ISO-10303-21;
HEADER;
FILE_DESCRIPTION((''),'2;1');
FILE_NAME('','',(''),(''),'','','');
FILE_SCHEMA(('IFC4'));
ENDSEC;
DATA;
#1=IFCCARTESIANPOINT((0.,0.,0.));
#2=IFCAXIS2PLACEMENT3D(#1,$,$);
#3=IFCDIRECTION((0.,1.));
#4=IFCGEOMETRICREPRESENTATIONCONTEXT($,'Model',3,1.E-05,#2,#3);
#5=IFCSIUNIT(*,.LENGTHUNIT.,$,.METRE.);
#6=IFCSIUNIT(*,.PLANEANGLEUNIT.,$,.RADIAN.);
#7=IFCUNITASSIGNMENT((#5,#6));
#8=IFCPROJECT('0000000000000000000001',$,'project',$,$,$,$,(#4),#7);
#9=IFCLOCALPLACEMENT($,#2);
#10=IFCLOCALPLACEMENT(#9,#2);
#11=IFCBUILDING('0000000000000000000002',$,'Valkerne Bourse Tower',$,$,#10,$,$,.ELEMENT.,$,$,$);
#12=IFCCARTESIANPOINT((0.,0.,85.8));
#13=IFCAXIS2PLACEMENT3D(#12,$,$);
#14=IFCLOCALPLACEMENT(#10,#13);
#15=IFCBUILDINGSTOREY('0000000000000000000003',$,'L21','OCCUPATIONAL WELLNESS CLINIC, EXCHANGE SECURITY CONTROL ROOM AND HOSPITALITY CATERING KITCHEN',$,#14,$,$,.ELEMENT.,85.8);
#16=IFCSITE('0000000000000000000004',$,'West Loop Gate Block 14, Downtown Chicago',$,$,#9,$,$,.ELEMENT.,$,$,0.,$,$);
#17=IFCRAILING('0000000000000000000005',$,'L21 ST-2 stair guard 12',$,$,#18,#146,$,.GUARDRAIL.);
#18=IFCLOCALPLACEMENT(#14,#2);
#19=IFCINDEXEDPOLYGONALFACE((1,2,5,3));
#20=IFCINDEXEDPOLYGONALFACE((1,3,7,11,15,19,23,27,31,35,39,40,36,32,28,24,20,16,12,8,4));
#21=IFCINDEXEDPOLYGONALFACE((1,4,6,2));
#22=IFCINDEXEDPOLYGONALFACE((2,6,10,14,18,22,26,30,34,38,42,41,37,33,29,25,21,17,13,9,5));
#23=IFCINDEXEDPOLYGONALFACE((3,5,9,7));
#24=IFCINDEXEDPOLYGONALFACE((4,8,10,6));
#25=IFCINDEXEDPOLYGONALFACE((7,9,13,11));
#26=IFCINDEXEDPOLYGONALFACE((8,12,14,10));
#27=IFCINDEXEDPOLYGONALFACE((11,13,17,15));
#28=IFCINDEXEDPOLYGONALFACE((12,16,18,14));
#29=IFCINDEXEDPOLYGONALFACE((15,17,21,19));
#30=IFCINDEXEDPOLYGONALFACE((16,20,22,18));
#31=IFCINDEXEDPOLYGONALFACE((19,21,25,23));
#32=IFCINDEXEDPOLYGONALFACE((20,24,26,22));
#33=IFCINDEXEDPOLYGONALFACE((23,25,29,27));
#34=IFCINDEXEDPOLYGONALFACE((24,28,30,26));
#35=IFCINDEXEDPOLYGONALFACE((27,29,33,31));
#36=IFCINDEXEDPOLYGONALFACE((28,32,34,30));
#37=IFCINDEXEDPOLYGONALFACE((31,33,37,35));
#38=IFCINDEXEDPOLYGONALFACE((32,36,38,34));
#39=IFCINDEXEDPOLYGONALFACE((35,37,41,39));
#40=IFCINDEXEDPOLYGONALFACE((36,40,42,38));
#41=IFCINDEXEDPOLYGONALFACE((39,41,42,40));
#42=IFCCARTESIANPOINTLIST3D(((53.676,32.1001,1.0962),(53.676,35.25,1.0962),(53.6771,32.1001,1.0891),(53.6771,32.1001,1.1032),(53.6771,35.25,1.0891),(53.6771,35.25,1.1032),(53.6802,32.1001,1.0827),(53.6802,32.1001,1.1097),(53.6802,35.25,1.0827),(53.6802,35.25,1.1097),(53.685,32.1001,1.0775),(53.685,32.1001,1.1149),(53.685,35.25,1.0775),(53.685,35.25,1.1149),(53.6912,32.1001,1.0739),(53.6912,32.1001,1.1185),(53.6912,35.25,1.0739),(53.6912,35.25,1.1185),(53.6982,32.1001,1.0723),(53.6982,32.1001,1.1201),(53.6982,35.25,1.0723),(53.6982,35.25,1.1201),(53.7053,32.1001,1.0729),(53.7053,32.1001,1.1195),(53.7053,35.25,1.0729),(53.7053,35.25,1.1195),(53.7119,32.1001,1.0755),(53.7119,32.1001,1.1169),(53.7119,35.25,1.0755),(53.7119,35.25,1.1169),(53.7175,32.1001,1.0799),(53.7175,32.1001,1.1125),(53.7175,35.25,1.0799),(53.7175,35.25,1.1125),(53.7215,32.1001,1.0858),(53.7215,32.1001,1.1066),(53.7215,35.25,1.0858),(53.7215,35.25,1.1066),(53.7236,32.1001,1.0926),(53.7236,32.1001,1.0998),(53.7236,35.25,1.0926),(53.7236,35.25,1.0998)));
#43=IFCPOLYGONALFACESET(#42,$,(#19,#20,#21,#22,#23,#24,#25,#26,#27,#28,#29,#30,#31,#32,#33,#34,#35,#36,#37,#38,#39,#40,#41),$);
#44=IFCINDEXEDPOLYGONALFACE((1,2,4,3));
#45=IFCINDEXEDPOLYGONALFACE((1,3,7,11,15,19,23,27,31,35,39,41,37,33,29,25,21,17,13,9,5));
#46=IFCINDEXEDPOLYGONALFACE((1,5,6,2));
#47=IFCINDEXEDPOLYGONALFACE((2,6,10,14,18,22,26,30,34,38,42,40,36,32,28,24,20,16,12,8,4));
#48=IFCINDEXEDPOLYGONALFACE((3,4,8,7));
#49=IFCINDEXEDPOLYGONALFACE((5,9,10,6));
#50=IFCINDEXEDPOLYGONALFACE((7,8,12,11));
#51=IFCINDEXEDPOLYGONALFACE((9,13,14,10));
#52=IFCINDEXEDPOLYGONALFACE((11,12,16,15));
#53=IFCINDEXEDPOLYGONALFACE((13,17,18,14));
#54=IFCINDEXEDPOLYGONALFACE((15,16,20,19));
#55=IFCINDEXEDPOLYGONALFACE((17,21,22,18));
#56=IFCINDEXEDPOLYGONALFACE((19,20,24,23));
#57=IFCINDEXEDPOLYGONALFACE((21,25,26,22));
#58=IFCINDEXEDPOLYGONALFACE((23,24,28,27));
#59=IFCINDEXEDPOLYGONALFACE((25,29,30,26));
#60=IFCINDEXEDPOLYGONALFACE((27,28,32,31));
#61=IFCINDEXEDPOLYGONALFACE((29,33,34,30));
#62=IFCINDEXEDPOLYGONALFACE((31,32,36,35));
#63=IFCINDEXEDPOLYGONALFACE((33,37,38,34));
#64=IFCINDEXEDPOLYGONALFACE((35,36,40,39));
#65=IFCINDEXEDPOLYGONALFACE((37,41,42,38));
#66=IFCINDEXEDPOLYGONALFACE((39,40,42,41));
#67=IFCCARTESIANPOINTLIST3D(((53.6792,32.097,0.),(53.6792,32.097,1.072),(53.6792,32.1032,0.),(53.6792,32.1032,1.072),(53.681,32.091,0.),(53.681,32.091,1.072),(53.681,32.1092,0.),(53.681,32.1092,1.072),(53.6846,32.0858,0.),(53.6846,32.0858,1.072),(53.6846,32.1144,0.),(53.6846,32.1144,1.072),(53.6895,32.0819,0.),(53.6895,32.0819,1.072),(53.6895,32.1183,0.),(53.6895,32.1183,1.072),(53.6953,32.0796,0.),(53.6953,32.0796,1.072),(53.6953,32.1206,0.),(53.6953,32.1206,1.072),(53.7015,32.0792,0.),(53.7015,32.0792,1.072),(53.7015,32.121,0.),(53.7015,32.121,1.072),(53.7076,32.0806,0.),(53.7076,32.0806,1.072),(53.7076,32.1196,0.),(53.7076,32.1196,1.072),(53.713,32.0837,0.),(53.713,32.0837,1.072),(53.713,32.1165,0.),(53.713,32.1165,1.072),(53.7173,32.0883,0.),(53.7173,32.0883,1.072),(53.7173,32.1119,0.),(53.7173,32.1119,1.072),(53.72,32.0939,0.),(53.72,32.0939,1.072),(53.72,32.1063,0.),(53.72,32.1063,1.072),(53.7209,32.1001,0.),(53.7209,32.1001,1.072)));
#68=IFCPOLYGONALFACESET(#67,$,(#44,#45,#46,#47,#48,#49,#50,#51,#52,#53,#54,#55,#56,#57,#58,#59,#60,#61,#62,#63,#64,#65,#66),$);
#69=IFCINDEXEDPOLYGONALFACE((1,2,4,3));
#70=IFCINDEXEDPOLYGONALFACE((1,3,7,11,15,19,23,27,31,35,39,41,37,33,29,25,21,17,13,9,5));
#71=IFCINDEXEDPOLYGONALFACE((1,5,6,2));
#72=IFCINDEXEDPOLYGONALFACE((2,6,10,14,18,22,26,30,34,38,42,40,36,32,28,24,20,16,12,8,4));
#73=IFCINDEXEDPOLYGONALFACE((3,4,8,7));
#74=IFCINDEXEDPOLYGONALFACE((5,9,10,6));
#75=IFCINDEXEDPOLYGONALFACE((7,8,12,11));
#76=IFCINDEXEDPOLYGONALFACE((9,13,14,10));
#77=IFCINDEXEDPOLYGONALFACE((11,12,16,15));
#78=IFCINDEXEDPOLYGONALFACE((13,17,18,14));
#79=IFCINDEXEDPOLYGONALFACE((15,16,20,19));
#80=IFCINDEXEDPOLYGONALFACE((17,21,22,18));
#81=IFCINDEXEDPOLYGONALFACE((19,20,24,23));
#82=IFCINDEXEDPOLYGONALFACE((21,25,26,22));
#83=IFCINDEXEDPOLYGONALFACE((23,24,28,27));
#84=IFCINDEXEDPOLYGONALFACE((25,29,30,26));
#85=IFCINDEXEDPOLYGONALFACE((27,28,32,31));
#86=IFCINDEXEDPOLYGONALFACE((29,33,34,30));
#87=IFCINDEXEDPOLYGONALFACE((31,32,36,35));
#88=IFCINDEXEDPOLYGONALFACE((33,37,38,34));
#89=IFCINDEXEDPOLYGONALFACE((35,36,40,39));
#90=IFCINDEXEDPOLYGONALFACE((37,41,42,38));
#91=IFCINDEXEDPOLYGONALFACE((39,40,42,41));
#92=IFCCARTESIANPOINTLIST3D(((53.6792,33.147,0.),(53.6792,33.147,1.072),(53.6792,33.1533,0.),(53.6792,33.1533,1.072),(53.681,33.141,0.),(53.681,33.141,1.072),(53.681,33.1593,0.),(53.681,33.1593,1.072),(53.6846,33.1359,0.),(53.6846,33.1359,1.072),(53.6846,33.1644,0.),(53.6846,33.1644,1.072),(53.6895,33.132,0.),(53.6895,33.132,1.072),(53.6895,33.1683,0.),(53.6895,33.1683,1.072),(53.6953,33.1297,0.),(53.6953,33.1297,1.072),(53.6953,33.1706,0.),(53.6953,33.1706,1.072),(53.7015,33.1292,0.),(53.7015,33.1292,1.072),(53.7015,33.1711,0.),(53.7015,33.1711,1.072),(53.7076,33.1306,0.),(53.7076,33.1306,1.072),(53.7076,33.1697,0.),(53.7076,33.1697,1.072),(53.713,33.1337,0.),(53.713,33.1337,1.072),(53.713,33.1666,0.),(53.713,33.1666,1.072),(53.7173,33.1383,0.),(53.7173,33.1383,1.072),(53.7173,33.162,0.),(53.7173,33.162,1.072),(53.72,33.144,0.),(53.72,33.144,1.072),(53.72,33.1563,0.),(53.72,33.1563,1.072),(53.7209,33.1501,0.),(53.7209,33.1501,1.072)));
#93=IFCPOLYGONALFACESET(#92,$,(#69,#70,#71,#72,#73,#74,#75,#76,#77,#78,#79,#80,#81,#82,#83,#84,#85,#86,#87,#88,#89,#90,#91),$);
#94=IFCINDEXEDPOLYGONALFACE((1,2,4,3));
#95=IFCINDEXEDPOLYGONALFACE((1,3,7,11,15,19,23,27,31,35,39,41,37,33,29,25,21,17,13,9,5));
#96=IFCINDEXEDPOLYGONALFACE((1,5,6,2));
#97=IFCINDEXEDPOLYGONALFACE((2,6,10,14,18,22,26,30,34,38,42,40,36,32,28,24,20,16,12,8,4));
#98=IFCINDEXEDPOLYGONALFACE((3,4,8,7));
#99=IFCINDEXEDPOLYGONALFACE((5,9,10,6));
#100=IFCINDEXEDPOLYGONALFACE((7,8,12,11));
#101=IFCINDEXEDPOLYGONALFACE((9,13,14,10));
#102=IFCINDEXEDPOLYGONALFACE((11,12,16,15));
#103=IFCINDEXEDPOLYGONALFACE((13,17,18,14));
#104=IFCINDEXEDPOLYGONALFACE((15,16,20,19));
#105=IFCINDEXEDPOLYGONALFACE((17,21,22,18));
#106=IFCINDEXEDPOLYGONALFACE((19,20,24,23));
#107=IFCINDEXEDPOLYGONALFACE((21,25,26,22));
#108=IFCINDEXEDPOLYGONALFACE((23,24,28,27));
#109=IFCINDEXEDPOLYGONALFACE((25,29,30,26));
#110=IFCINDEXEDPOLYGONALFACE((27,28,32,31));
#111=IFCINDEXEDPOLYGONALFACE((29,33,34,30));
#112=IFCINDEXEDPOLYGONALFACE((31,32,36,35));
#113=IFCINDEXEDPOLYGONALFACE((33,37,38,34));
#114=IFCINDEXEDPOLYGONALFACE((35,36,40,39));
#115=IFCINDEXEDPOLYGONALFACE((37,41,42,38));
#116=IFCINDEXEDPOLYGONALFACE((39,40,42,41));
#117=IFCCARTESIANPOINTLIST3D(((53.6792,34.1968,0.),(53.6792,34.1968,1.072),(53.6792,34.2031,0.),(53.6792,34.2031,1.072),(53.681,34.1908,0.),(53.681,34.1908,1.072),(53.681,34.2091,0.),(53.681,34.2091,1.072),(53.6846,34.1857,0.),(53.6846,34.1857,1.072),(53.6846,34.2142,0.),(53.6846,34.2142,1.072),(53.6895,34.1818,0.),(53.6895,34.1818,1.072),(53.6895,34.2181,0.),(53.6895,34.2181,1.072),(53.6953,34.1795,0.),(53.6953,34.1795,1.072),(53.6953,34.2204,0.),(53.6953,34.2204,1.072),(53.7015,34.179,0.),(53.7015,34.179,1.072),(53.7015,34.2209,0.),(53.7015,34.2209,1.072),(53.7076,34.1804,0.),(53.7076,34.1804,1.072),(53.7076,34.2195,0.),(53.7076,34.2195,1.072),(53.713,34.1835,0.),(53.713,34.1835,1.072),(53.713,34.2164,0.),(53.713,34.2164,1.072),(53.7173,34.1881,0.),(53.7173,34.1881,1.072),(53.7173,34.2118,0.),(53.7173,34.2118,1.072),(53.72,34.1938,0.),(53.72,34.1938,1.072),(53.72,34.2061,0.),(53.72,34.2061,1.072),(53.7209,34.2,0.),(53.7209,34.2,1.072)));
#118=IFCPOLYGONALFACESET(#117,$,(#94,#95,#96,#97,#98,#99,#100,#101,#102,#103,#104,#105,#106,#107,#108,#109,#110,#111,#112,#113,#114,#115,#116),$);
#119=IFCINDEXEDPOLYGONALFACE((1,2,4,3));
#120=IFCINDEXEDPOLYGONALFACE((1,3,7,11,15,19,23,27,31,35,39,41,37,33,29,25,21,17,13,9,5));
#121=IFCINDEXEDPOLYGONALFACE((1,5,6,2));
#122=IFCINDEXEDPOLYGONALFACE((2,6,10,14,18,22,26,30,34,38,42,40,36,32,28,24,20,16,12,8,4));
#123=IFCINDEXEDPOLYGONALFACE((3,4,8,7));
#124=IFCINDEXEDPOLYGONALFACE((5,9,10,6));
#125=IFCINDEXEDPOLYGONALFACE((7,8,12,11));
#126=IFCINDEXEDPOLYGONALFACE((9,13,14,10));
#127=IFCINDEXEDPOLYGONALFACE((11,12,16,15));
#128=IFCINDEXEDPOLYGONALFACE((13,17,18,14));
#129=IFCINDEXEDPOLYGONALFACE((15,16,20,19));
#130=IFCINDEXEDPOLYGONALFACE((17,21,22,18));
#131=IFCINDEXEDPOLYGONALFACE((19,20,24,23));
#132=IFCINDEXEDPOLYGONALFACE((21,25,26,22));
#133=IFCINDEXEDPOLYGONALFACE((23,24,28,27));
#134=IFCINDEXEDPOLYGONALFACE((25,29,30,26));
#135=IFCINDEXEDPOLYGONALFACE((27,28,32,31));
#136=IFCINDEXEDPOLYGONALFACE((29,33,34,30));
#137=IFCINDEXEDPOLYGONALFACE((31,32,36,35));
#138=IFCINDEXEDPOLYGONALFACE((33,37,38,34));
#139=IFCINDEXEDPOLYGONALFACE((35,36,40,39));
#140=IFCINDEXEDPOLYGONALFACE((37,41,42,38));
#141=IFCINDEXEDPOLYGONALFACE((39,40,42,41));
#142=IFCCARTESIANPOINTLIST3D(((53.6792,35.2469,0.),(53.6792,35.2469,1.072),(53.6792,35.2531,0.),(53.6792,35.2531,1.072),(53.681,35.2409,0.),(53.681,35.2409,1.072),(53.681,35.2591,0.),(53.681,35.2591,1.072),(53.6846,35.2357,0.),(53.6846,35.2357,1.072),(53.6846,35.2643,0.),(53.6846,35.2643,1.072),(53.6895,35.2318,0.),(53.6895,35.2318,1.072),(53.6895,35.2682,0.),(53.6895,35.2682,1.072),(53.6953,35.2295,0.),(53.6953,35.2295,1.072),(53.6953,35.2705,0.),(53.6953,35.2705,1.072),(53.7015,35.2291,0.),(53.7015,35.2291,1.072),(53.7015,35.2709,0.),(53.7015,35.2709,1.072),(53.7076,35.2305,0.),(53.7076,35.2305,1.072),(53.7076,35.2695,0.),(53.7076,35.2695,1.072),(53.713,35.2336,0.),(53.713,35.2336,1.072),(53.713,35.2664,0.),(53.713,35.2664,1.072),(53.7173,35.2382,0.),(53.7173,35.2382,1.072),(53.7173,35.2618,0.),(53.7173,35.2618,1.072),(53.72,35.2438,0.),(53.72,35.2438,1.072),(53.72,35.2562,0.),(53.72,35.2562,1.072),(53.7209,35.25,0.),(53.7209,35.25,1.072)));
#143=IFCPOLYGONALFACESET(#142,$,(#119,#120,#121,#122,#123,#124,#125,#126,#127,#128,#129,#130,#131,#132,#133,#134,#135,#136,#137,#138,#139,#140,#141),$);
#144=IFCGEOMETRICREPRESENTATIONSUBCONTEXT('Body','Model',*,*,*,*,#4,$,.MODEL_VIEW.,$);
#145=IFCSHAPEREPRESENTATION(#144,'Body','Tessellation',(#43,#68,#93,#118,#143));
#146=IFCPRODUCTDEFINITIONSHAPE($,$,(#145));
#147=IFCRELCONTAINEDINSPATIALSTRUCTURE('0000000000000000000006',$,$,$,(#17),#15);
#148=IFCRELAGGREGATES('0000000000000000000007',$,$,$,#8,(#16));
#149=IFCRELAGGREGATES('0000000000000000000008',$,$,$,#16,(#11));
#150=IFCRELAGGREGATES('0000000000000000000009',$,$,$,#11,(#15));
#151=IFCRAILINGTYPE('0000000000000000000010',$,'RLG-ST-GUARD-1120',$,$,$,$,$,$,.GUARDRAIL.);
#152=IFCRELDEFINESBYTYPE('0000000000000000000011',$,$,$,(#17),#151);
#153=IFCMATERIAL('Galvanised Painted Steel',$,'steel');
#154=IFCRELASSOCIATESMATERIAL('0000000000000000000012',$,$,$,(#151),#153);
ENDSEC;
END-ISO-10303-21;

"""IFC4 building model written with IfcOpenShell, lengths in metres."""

from ifc_helpers import new_model, si_unit, direction, frame, origin, origin_2d, place, context, subcontext, project, spatial, circle, extrude, material, type_object, element, save


model = new_model("IFC4")

# Units and contexts
model_context = context("Model", 3, precision=1e-05, world=origin(), true_north=direction((0.0, 1.0)))
body_context = subcontext(model_context, "Body", "Model", "MODEL_VIEW")
ifc_project = project(units=[si_unit("LENGTHUNIT", "METRE"), si_unit("PLANEANGLEUNIT", "RADIAN")], contexts=[model_context])

# Site, building, storey
site_placement = place(None, origin())
site = spatial("IfcSite", under=ifc_project, at=site_placement, Name="West Loop Gate Block 14, Downtown Chicago", CompositionType="ELEMENT", RefElevation=0.0)
building_placement = place(site_placement, origin())
building = spatial("IfcBuilding", under=site, at=building_placement, Name="Valkerne Bourse Tower", CompositionType="ELEMENT")
storey_placement = place(building_placement, frame((0.0, 0.0, 85.8)))
storey = spatial("IfcBuildingStorey", under=building, at=storey_placement, Name="L21", Description="OCCUPATIONAL WELLNESS CLINIC, EXCHANGE SECURITY CONTROL ROOM AND HOSPITALITY CATERING KITCHEN", CompositionType="ELEMENT", Elevation=85.8)

# Railing
ifc_material_1 = material(Name="Galvanised Painted Steel", Category="steel")
railing_type_1 = type_object("IfcRailingType", Name="RLG-ST-GUARD-1120", PredefinedType="GUARDRAIL", material=ifc_material_1)
railing_1_placement = place(storey_placement, frame((53.7, 32.1001, 0.0)))
element("IfcRailing", 1, at=railing_1_placement, inside=storey, type_object=railing_type_1, Name="L21 ST-2 stair guard 12", PredefinedType="GUARDRAIL", context=body_context, shape_type="SweptSolid", body=[
    extrude(circle(Radius=0.0239, at=origin_2d()), frame((0.0, 0.0, 1.0962), z_axis=(0.0, 1.0, 0.0), x_axis=(-1.0, 0.0, 0.0)), (0.0, 0.0, 1.0), 3.1499),
    extrude(circle(Radius=0.021, at=origin_2d()), origin(), (0.0, 0.0, 1.0), 1.072),
    extrude(circle(Radius=0.021, at=origin_2d()), frame((0.0, 1.05, 0.0)), (0.0, 0.0, 1.0), 1.072),
    extrude(circle(Radius=0.021, at=origin_2d()), frame((0.0, 2.0999, 0.0)), (0.0, 0.0, 1.0), 1.072),
    extrude(circle(Radius=0.021, at=origin_2d()), frame((0.0, 3.1499, 0.0)), (0.0, 0.0, 1.0), 1.072),
])

save(model, "model.ifc")
